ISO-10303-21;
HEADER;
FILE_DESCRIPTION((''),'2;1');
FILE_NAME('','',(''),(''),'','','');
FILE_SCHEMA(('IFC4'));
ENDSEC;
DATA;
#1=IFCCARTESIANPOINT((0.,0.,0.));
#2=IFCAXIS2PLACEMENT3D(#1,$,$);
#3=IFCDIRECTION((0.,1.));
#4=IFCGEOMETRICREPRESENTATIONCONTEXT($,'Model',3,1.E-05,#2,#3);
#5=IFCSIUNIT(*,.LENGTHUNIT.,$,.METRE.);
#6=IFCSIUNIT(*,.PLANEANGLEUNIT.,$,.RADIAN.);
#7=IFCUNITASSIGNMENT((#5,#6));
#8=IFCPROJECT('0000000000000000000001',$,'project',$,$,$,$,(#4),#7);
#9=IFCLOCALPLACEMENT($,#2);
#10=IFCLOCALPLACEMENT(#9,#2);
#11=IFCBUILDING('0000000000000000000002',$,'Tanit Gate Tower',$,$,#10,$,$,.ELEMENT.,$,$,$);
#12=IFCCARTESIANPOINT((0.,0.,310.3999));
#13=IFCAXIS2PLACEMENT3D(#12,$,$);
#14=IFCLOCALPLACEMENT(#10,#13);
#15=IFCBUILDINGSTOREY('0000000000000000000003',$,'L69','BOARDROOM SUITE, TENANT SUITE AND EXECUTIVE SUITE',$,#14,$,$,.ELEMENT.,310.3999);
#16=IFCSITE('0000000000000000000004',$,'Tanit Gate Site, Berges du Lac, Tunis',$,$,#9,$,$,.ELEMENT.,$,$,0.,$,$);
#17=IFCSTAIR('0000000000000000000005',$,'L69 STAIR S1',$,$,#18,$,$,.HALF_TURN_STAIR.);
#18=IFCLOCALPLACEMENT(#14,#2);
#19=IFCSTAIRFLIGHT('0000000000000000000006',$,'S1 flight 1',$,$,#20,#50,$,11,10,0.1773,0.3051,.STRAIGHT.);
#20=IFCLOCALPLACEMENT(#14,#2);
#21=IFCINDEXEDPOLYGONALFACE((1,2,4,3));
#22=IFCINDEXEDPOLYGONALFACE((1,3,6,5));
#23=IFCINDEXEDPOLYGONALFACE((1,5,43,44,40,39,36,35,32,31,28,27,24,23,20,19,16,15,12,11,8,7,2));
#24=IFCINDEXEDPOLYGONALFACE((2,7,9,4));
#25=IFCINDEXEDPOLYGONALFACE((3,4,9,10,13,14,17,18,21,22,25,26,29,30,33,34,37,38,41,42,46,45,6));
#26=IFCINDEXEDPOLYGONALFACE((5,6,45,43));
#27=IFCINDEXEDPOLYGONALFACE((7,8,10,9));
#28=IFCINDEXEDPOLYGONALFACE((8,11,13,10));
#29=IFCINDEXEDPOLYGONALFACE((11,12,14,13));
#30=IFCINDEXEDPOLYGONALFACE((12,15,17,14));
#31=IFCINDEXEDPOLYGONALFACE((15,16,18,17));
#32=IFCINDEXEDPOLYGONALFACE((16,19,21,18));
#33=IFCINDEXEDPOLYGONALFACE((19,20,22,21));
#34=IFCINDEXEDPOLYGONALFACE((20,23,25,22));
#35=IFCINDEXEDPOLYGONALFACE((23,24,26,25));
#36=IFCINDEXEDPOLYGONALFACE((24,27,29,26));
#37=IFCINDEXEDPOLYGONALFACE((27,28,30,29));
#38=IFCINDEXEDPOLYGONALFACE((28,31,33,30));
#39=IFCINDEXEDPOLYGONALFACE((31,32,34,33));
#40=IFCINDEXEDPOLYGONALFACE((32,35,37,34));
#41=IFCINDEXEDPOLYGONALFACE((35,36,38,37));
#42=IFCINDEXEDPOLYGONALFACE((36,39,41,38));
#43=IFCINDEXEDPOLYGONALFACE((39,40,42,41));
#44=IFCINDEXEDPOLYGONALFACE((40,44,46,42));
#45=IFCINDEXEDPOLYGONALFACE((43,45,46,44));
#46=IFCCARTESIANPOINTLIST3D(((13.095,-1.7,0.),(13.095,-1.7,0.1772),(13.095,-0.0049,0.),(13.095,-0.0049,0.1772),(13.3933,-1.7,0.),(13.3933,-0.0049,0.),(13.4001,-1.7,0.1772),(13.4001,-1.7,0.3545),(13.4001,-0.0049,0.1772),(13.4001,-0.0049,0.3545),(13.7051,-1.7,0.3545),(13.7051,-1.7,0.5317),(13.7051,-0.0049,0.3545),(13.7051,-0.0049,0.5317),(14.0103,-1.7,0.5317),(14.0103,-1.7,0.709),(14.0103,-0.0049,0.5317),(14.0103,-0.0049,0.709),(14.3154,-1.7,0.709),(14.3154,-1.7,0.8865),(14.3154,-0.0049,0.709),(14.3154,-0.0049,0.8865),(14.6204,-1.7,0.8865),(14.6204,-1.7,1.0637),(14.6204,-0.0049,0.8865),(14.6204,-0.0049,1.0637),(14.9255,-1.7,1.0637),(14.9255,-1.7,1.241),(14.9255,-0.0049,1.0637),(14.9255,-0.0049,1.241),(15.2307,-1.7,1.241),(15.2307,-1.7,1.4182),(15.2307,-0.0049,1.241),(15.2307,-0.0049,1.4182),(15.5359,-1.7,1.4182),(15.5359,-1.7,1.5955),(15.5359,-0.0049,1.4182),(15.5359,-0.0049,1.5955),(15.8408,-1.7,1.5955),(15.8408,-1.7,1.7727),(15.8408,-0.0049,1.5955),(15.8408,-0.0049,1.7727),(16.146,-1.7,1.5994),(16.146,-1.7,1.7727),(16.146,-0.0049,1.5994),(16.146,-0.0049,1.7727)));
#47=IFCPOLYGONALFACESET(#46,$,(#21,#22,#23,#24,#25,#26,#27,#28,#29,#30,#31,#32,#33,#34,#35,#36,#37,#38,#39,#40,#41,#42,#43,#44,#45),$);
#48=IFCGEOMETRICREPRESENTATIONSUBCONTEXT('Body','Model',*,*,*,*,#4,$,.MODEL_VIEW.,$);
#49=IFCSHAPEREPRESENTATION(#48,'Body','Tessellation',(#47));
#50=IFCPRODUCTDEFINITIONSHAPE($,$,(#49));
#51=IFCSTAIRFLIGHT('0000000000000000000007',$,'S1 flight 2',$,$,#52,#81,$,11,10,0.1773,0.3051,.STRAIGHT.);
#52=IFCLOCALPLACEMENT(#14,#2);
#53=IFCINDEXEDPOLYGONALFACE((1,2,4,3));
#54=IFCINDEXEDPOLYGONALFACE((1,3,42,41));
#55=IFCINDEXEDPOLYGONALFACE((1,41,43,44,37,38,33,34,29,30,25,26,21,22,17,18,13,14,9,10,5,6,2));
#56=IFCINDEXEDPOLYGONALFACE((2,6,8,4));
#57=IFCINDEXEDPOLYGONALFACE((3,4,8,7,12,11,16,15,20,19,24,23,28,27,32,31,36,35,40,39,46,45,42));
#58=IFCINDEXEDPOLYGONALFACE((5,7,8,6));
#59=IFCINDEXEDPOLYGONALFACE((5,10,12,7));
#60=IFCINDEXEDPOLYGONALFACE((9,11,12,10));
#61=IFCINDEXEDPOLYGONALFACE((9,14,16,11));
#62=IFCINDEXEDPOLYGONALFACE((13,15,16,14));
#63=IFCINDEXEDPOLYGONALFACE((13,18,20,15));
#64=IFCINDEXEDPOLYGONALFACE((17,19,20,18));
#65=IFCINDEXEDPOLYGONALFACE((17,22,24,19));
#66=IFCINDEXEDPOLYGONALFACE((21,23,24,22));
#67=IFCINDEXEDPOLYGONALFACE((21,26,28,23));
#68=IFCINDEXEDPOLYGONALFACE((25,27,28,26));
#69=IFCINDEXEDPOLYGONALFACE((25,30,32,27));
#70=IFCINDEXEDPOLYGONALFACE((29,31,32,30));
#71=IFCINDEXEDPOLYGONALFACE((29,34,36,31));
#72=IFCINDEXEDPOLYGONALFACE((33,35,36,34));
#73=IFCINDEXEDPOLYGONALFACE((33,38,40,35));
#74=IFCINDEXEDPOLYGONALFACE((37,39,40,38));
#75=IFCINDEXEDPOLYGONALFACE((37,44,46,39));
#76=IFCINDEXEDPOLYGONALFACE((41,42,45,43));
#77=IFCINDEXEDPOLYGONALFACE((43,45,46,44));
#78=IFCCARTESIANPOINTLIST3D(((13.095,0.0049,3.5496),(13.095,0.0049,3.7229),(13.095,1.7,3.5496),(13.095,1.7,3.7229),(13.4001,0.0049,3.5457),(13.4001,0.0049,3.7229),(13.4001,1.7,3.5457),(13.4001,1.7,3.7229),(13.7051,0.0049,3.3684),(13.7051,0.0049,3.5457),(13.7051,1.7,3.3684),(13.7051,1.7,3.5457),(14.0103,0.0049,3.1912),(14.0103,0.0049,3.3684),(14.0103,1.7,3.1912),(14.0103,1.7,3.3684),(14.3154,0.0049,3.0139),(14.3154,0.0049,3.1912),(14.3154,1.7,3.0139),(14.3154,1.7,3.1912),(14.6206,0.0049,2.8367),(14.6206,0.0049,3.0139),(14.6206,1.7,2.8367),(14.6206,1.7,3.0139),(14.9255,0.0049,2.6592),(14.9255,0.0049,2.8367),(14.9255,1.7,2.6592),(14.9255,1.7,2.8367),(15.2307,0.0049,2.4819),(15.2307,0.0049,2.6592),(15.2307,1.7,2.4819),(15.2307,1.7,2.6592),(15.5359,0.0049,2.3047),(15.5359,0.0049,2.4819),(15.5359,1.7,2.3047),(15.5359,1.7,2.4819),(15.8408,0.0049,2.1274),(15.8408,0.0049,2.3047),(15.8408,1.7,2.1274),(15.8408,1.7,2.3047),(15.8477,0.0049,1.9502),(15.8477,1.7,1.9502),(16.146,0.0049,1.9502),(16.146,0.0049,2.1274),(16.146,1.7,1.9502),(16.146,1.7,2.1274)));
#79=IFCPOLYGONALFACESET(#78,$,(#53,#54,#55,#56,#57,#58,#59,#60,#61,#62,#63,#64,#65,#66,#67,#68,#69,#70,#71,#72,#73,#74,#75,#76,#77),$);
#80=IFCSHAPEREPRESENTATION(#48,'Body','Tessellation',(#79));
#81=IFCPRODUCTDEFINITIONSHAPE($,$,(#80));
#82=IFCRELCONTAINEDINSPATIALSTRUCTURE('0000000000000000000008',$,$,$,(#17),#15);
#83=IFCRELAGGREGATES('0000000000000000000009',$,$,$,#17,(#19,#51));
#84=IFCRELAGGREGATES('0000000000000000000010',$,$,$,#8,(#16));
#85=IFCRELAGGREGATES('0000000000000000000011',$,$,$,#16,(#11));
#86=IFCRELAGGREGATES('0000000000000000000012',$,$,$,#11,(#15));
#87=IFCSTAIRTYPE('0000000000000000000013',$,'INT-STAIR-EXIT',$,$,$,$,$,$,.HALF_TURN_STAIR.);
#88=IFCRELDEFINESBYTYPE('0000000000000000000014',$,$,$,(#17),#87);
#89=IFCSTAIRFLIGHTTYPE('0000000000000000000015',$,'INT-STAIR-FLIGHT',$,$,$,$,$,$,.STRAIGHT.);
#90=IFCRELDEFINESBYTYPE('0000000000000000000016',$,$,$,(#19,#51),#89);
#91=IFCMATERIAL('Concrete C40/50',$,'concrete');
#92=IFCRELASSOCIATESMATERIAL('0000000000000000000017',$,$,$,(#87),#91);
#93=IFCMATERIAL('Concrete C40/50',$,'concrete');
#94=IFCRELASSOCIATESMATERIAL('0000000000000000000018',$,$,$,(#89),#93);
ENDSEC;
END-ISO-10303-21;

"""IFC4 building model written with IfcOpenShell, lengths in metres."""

from ifc_helpers import new_model, si_unit, direction, frame, origin, place, context, subcontext, project, spatial, polyline, outline, extrude, material, type_object, element, aggregate, save


model = new_model("IFC4")

# Units and contexts
model_context = context("Model", 3, precision=1e-05, world=origin(), true_north=direction((0.0, 1.0)))
body_context = subcontext(model_context, "Body", "Model", "MODEL_VIEW")
ifc_project = project(units=[si_unit("LENGTHUNIT", "METRE"), si_unit("PLANEANGLEUNIT", "RADIAN")], contexts=[model_context])

# Site, building, storey
site_placement = place(None, origin())
site = spatial("IfcSite", under=ifc_project, at=site_placement, Name="Tanit Gate Site, Berges du Lac, Tunis", CompositionType="ELEMENT", RefElevation=0.0)
building_placement = place(site_placement, origin())
building = spatial("IfcBuilding", under=site, at=building_placement, Name="Tanit Gate Tower", CompositionType="ELEMENT")
storey_placement = place(building_placement, frame((0.0, 0.0, 310.3999)))
storey = spatial("IfcBuildingStorey", under=building, at=storey_placement, Name="L69", Description="BOARDROOM SUITE, TENANT SUITE AND EXECUTIVE SUITE", CompositionType="ELEMENT", Elevation=310.3999)

# Stair, stair flights
ifc_material_1 = material(Name="Concrete C40/50", Category="concrete")
stair_type = type_object("IfcStairType", Name="INT-STAIR-EXIT", PredefinedType="HALF_TURN_STAIR", material=ifc_material_1)
stair_placement = place(storey_placement, origin())
stair = element("IfcStair", 1, at=stair_placement, inside=storey, type_object=stair_type, Name="L69 STAIR S1", PredefinedType="HALF_TURN_STAIR")
ifc_material_2 = material(Name="Concrete C40/50", Category="concrete")
stair_flight_type = type_object("IfcStairFlightType", Name="INT-STAIR-FLIGHT", PredefinedType="STRAIGHT", material=ifc_material_2)
stair_flight_1_placement = place(storey_placement, frame((13.095, -0.8525, 0.0), z_axis=(0.0, 0.0, 1.0), x_axis=(1.0, 0.0, 0.0)))
stair_flight_1 = element("IfcStairFlight", 2, at=stair_flight_1_placement, type_object=stair_flight_type, Name="S1 flight 1", NumberOfRisers=11, NumberOfTreads=10, PredefinedType="STRAIGHT", RiserHeight=0.1773, TreadLength=0.3051, context=body_context, shape_type="SweptSolid", body=[
    extrude(outline(polyline([(0.0, 0.0), (0.0, 0.1772), (0.3052, 0.1772), (0.3052, 0.3545), (0.6101, 0.3545), (0.6101, 0.5317), (0.9153, 0.5317), (0.9153, 0.709), (1.2205, 0.709), (1.2205, 0.8865), (1.5254, 0.8865), (1.5254, 1.0637), (1.8306, 1.0637), (1.8306, 1.241), (2.1357, 1.241), (2.1357, 1.4182), (2.4409, 1.4182), (2.4409, 1.5955), (2.7458, 1.5955), (2.7458, 1.7727), (3.051, 1.7727), (3.051, 1.95), (3.051, 1.5994), (0.2983, 0.0), (0.0, 0.0)])), frame((0.0, 0.8477, 0.0), z_axis=(0.0, -1.0, 0.0), x_axis=(1.0, 0.0, 0.0)), (0.0, 0.0, 1.0), 1.6951),
])
stair_flight_2_placement = place(storey_placement, frame((16.146, 0.8525, 1.9502), z_axis=(0.0, 0.0, 1.0), x_axis=(-1.0, 0.0, 0.0)))
stair_flight_2 = element("IfcStairFlight", 3, at=stair_flight_2_placement, type_object=stair_flight_type, Name="S1 flight 2", NumberOfRisers=11, NumberOfTreads=10, PredefinedType="STRAIGHT", RiserHeight=0.1773, TreadLength=0.3051, context=body_context, shape_type="SweptSolid", body=[
    extrude(outline(polyline([(0.0, 0.0), (0.0, 0.1772), (0.3052, 0.1772), (0.3052, 0.3545), (0.6101, 0.3545), (0.6101, 0.5317), (0.9153, 0.5317), (0.9153, 0.709), (1.2205, 0.709), (1.2205, 0.8865), (1.5254, 0.8865), (1.5254, 1.0637), (1.8306, 1.0637), (1.8306, 1.241), (2.1357, 1.241), (2.1357, 1.4182), (2.4409, 1.4182), (2.4409, 1.5955), (2.7458, 1.5955), (2.7458, 1.7727), (3.051, 1.7727), (3.051, 1.95), (3.051, 1.5994), (0.2983, 0.0), (0.0, 0.0)])), frame((0.0, 0.8477, 0.0), z_axis=(0.0, -1.0, 0.0), x_axis=(1.0, 0.0, 0.0)), (0.0, 0.0, 1.0), 1.6951),
])
aggregate(stair, [stair_flight_1, stair_flight_2])

save(model, "model.ifc")
